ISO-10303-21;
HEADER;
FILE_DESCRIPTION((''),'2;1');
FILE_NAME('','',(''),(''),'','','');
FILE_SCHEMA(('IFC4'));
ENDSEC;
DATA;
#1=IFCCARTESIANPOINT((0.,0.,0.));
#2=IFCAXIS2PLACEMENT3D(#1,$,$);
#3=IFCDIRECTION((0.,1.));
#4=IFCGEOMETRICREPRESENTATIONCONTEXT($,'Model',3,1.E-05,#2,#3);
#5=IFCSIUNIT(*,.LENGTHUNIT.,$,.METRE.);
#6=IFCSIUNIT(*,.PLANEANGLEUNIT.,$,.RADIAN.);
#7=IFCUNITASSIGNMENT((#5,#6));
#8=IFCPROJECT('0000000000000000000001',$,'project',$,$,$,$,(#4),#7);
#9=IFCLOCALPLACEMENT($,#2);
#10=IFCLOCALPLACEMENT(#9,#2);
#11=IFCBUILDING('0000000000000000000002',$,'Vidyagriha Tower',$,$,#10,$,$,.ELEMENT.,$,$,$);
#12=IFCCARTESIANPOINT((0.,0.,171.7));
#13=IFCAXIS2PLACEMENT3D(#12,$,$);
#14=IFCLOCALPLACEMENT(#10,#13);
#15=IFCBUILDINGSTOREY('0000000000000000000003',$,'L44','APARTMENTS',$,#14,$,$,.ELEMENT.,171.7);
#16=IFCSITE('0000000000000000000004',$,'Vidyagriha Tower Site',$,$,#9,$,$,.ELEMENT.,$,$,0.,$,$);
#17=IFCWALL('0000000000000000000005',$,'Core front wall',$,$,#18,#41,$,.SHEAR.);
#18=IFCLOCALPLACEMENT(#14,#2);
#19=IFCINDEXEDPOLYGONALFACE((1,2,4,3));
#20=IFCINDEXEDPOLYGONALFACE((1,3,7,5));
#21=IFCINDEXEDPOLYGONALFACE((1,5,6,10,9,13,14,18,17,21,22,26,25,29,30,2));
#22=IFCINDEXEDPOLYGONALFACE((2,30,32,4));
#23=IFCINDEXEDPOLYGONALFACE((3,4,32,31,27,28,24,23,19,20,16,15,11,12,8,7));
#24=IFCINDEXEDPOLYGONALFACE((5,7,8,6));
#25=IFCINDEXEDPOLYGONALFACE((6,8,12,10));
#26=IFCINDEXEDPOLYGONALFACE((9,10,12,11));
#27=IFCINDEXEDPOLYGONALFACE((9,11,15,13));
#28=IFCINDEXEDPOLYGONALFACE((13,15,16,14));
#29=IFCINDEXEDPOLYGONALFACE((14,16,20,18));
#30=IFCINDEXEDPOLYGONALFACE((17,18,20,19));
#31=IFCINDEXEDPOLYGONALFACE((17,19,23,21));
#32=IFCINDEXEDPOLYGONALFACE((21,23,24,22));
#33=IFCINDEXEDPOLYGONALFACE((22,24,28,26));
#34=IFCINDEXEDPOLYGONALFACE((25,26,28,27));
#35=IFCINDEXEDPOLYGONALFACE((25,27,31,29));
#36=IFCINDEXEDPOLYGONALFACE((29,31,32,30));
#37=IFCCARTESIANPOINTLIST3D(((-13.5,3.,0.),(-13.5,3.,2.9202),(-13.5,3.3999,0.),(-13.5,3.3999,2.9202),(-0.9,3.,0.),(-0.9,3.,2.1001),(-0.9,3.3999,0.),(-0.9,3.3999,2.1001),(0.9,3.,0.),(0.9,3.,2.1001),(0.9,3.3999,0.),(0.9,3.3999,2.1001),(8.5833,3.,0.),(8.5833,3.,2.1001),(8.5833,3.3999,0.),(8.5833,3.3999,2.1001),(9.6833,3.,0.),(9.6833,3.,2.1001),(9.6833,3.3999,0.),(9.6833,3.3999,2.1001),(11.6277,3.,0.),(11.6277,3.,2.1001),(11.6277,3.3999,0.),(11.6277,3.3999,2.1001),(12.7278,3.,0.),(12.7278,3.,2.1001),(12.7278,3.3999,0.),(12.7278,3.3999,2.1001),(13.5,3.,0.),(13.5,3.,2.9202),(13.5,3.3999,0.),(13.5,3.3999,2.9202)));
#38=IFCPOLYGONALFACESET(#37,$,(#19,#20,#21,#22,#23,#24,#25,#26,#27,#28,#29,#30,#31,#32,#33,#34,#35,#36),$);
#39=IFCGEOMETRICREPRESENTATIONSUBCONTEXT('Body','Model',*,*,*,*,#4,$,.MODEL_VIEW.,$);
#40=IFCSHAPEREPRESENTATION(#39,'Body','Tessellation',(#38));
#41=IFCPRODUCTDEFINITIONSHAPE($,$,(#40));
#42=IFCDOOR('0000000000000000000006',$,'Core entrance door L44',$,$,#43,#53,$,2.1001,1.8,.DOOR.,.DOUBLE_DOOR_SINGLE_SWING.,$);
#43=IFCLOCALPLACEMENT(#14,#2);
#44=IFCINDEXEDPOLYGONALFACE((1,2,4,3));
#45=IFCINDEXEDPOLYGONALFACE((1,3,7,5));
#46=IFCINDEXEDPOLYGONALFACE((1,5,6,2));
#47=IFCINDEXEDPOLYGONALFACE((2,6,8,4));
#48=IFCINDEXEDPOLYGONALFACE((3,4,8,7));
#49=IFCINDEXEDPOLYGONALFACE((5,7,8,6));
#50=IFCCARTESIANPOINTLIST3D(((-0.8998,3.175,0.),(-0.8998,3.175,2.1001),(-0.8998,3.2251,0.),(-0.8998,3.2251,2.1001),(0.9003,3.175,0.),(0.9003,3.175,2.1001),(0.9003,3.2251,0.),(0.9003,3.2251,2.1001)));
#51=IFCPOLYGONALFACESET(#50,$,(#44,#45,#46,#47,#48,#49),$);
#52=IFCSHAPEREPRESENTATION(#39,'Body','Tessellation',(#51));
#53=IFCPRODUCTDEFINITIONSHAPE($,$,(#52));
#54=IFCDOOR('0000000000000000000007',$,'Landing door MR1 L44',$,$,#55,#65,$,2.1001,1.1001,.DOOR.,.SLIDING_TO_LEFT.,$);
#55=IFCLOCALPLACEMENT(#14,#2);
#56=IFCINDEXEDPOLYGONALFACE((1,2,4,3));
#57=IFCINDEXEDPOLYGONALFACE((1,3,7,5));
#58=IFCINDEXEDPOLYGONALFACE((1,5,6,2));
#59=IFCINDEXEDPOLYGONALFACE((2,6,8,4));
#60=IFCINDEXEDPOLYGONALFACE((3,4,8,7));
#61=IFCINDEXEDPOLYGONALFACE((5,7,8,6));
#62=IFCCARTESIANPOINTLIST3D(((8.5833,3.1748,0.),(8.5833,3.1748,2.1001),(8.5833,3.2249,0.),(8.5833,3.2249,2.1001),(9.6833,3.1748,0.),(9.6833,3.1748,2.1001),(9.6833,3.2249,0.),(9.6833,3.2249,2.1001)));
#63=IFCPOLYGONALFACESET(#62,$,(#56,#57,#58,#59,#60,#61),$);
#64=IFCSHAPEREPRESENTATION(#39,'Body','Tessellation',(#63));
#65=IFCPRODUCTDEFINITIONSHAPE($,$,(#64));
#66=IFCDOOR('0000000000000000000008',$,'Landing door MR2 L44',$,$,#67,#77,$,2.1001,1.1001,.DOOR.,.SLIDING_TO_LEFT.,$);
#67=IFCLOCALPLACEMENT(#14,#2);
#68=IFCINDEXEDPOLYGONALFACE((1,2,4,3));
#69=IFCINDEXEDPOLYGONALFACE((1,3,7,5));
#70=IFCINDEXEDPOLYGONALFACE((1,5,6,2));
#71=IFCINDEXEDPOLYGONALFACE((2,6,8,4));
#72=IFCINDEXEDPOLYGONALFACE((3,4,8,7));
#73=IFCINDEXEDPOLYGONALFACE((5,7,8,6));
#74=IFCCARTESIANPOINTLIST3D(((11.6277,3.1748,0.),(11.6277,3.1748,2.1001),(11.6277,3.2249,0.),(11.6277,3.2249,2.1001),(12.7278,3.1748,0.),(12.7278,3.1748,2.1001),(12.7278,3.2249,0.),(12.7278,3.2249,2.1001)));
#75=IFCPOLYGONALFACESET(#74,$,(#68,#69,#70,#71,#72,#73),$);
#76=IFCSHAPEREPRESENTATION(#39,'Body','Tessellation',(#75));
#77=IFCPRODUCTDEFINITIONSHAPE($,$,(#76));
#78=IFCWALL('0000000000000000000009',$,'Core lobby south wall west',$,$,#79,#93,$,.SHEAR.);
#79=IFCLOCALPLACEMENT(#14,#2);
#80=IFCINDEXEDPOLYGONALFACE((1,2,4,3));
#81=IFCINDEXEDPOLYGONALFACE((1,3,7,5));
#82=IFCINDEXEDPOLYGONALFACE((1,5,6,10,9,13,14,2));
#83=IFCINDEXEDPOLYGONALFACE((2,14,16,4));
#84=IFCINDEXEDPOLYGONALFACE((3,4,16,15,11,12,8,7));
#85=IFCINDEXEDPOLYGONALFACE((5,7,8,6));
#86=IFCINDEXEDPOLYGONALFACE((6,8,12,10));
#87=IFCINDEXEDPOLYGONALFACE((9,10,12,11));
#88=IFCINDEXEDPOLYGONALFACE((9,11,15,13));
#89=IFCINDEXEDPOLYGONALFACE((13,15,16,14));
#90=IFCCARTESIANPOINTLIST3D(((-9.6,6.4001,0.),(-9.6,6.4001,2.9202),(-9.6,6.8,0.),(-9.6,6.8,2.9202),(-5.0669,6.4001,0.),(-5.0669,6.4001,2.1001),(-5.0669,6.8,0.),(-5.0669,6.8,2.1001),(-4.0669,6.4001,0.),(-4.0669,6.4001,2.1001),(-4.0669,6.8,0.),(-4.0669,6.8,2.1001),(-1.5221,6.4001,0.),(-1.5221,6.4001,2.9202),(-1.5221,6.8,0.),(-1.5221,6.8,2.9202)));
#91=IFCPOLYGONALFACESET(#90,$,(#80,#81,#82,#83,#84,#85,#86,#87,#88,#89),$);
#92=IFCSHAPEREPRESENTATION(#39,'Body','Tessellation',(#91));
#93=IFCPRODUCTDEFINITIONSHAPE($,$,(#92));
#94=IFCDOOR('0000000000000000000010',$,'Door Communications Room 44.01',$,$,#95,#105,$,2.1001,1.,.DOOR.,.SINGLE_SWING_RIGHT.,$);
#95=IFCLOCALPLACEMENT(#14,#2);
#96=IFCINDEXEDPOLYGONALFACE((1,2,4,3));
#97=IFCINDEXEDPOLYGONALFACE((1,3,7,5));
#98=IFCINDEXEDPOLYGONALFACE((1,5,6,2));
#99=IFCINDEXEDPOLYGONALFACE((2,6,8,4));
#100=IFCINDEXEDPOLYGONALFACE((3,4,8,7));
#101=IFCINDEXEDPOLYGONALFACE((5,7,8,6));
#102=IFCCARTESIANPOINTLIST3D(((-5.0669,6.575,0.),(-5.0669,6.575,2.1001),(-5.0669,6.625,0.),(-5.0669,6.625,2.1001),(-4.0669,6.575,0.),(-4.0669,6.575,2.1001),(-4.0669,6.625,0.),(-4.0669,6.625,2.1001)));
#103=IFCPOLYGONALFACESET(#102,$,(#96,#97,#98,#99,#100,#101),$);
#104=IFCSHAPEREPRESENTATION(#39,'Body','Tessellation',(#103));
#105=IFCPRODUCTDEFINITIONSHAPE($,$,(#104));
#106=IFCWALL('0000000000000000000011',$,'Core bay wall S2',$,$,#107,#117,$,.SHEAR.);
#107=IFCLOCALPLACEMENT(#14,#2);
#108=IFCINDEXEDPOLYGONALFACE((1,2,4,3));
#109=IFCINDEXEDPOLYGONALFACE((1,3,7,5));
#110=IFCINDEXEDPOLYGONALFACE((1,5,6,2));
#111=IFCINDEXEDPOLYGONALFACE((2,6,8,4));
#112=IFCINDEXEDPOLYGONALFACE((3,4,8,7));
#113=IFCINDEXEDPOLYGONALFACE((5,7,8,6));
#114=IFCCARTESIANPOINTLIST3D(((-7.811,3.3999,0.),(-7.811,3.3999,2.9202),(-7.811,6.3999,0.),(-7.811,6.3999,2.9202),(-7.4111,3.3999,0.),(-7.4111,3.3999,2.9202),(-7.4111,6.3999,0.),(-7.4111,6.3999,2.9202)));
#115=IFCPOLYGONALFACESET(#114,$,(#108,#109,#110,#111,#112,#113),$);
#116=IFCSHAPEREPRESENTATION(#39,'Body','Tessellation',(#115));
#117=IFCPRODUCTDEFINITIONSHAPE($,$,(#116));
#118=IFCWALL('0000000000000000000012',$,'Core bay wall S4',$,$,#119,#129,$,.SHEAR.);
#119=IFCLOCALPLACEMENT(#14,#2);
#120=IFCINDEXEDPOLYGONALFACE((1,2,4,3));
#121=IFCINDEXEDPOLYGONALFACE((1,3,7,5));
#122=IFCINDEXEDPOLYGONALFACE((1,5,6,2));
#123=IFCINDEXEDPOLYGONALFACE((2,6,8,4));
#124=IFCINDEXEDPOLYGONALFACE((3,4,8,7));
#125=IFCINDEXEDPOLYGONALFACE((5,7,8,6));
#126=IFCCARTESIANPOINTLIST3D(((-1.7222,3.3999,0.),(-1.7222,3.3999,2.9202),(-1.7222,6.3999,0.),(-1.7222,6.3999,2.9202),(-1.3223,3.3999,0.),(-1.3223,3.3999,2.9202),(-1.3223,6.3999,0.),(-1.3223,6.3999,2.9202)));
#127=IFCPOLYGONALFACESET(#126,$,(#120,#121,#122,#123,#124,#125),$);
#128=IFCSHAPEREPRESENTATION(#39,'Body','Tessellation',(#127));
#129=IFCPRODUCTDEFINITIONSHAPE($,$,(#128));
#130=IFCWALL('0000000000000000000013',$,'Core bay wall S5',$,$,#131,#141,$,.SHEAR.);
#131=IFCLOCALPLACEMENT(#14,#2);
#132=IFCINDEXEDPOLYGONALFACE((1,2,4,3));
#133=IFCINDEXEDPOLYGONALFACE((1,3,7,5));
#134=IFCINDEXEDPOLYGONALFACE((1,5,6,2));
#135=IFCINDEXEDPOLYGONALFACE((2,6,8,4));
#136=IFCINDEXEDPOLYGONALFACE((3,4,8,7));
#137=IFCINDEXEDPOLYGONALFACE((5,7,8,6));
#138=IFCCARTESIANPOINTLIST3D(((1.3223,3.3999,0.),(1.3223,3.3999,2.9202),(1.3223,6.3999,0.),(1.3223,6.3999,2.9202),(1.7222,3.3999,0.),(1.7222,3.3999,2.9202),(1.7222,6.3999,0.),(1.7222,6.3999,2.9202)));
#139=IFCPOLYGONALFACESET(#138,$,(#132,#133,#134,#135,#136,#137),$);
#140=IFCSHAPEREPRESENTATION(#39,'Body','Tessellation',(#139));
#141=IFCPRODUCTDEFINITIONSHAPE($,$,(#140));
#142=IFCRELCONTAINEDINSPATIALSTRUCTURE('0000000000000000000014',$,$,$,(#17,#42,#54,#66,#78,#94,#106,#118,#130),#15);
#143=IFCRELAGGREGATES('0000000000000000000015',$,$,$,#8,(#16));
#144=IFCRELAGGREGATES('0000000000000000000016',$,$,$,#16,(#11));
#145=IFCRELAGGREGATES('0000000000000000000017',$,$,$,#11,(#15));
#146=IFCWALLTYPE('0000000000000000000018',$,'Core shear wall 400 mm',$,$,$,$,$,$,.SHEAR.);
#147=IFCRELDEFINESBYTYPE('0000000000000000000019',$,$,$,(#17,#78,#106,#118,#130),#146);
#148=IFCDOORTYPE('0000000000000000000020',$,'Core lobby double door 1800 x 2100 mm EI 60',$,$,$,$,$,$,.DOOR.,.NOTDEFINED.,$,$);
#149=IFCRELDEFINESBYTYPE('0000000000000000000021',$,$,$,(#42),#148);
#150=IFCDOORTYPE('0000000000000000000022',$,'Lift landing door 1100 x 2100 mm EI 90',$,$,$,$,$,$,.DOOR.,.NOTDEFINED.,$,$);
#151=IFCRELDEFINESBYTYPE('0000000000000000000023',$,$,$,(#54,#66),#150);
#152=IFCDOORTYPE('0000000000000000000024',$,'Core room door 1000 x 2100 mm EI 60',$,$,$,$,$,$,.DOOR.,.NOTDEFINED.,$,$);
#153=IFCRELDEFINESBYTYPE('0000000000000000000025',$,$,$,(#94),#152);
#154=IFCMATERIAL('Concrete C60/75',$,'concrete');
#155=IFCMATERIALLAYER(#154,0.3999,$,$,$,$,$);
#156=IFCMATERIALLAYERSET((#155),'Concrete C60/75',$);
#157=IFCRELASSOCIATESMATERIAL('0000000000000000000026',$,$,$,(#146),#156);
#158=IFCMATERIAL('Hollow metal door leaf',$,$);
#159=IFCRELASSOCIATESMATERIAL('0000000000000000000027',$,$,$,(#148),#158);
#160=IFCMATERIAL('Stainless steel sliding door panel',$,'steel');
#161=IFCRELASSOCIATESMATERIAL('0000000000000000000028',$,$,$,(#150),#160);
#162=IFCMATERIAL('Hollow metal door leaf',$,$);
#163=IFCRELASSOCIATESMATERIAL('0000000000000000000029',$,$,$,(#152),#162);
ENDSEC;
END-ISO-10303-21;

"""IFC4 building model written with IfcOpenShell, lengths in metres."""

from ifc_helpers import new_model, si_unit, direction, frame, frame_2d, origin, place, context, subcontext, project, spatial, rectangle, extrude, material, layer, layer_set, type_object, element, fill, save


model = new_model("IFC4")

# Units and contexts
model_context = context("Model", 3, precision=1e-05, world=origin(), true_north=direction((0.0, 1.0)))
body_context = subcontext(model_context, "Body", "Model", "MODEL_VIEW")
ifc_project = project(units=[si_unit("LENGTHUNIT", "METRE"), si_unit("PLANEANGLEUNIT", "RADIAN")], contexts=[model_context])

# Site, building, storey
site_placement = place(None, origin())
site = spatial("IfcSite", under=ifc_project, at=site_placement, Name="Vidyagriha Tower Site", CompositionType="ELEMENT", RefElevation=0.0)
building_placement = place(site_placement, origin())
building = spatial("IfcBuilding", under=site, at=building_placement, Name="Vidyagriha Tower", CompositionType="ELEMENT")
storey_placement = place(building_placement, frame((0.0, 0.0, 171.7)))
storey = spatial("IfcBuildingStorey", under=building, at=storey_placement, Name="L44", Description="APARTMENTS", CompositionType="ELEMENT", Elevation=171.7)

# Wall, openings, doors
ifc_material_1 = material(Name="Concrete C60/75", Category="concrete")
ifc_layer_1 = layer(ifc_material_1, 0.3999)
ifc_layer_set_1 = layer_set([ifc_layer_1], Name="Concrete C60/75")
wall_type = type_object("IfcWallType", Name="Core shear wall 400 mm", PredefinedType="SHEAR", material=ifc_layer_set_1)
wall_1_placement = place(storey_placement, frame((-13.5, 3.2, 0.0)))
wall_1 = element("IfcWall", 1, at=wall_1_placement, inside=storey, type_object=wall_type, Name="Core front wall", PredefinedType="SHEAR", context=body_context, shape_type="SweptSolid", body=[
    extrude(rectangle(XDim=27.0, YDim=0.3999, at=frame_2d((13.5, 0.0))), origin(), (0.0, 0.0, 1.0), 2.9202),
])
opening_1_placement = place(wall_1_placement, frame((22.0833, 0.0, 0.0)))
opening_1 = element("IfcOpeningElement", 2, at=opening_1_placement, cuts=wall_1, PredefinedType="OPENING", context=body_context, shape_type="SweptSolid", body=[
    extrude(rectangle(XDim=1.1001, YDim=2.1001, at=frame_2d((0.55, 1.05))), frame((0.0, 0.21, 0.0), z_axis=(0.0, -1.0, 0.0), x_axis=(1.0, 0.0, 0.0)), (0.0, 0.0, 1.0), 0.4199),
])
opening_2_placement = place(wall_1_placement, frame((25.1277, 0.0, 0.0)))
opening_2 = element("IfcOpeningElement", 3, at=opening_2_placement, cuts=wall_1, PredefinedType="OPENING", context=body_context, shape_type="SweptSolid", body=[
    extrude(rectangle(XDim=1.1001, YDim=2.1001, at=frame_2d((0.55, 1.05))), frame((0.0, 0.21, 0.0), z_axis=(0.0, -1.0, 0.0), x_axis=(1.0, 0.0, 0.0)), (0.0, 0.0, 1.0), 0.4199),
])
opening_3_placement = place(wall_1_placement, frame((12.6001, 0.0, 0.0)))
opening_3 = element("IfcOpeningElement", 4, at=opening_3_placement, cuts=wall_1, PredefinedType="OPENING", context=body_context, shape_type="SweptSolid", body=[
    extrude(rectangle(XDim=1.8, YDim=2.1001, at=frame_2d((0.8999, 1.05))), frame((0.0, 0.21, 0.0), z_axis=(0.0, -1.0, 0.0), x_axis=(1.0, 0.0, 0.0)), (0.0, 0.0, 1.0), 0.4199),
])
ifc_material_2 = material(Name="Hollow metal door leaf")
door_type_1 = type_object("IfcDoorType", Name="Core lobby double door 1800 x 2100 mm EI 60", OperationType="NOTDEFINED", PredefinedType="DOOR", material=ifc_material_2)
door_1_placement = place(opening_3_placement, frame((1.8, 0.0, 0.0), z_axis=(0.0, 0.0, 1.0), x_axis=(-1.0, 0.0, 0.0)))
door_1 = element("IfcDoor", 5, at=door_1_placement, inside=storey, type_object=door_type_1, Name="Core entrance door L44", OperationType="DOUBLE_DOOR_SINGLE_SWING", OverallHeight=2.1001, OverallWidth=1.8, PredefinedType="DOOR", context=body_context, shape_type="SweptSolid", body=[
    extrude(rectangle(XDim=1.8, YDim=2.1001, at=frame_2d((0.8999, 1.05))), frame((0.0, 0.0249, 0.0), z_axis=(0.0, -1.0, 0.0), x_axis=(1.0, 0.0, 0.0)), (0.0, 0.0, 1.0), 0.05),
])
fill(opening_3, door_1)
ifc_material_3 = material(Name="Stainless steel sliding door panel", Category="steel")
door_type_2 = type_object("IfcDoorType", Name="Lift landing door 1100 x 2100 mm EI 90", OperationType="NOTDEFINED", PredefinedType="DOOR", material=ifc_material_3)
door_2_placement = place(opening_1_placement, origin())
door_2 = element("IfcDoor", 6, at=door_2_placement, inside=storey, type_object=door_type_2, Name="Landing door MR1 L44", OperationType="SLIDING_TO_LEFT", OverallHeight=2.1001, OverallWidth=1.1001, PredefinedType="DOOR", context=body_context, shape_type="SweptSolid", body=[
    extrude(rectangle(XDim=1.1001, YDim=2.1001, at=frame_2d((0.55, 1.05))), frame((0.0, 0.0249, 0.0), z_axis=(0.0, -1.0, 0.0), x_axis=(1.0, 0.0, 0.0)), (0.0, 0.0, 1.0), 0.05),
])
fill(opening_1, door_2)
door_3_placement = place(opening_2_placement, origin())
door_3 = element("IfcDoor", 7, at=door_3_placement, inside=storey, type_object=door_type_2, Name="Landing door MR2 L44", OperationType="SLIDING_TO_LEFT", OverallHeight=2.1001, OverallWidth=1.1001, PredefinedType="DOOR", context=body_context, shape_type="SweptSolid", body=[
    extrude(rectangle(XDim=1.1001, YDim=2.1001, at=frame_2d((0.55, 1.05))), frame((0.0, 0.0249, 0.0), z_axis=(0.0, -1.0, 0.0), x_axis=(1.0, 0.0, 0.0)), (0.0, 0.0, 1.0), 0.05),
])
fill(opening_2, door_3)

# Wall, opening, door
wall_2_placement = place(storey_placement, frame((-9.6001, 6.6001, 0.0)))
wall_2 = element("IfcWall", 8, at=wall_2_placement, inside=storey, type_object=wall_type, Name="Core lobby south wall west", PredefinedType="SHEAR", context=body_context, shape_type="SweptSolid", body=[
    extrude(rectangle(XDim=8.0779, YDim=0.3999, at=frame_2d((4.0391, 0.0))), origin(), (0.0, 0.0, 1.0), 2.9202),
])
opening_4_placement = place(wall_2_placement, frame((4.5332, 0.0, 0.0)))
opening_4 = element("IfcOpeningElement", 9, at=opening_4_placement, cuts=wall_2, PredefinedType="OPENING", context=body_context, shape_type="SweptSolid", body=[
    extrude(rectangle(XDim=1.0, YDim=2.1001, at=frame_2d((0.5, 1.05))), frame((0.0, 0.21, 0.0), z_axis=(0.0, -1.0, 0.0), x_axis=(1.0, 0.0, 0.0)), (0.0, 0.0, 1.0), 0.4199),
])
ifc_material_4 = material(Name="Hollow metal door leaf")
door_type_3 = type_object("IfcDoorType", Name="Core room door 1000 x 2100 mm EI 60", OperationType="NOTDEFINED", PredefinedType="DOOR", material=ifc_material_4)
door_4_placement = place(opening_4_placement, origin())
door_4 = element("IfcDoor", 10, at=door_4_placement, inside=storey, type_object=door_type_3, Name="Door Communications Room 44.01", OperationType="SINGLE_SWING_RIGHT", OverallHeight=2.1001, OverallWidth=1.0, PredefinedType="DOOR", context=body_context, shape_type="SweptSolid", body=[
    extrude(rectangle(XDim=1.0, YDim=2.1001, at=frame_2d((0.5, 1.05))), frame((0.0, 0.0249, 0.0), z_axis=(0.0, -1.0, 0.0), x_axis=(1.0, 0.0, 0.0)), (0.0, 0.0, 1.0), 0.05),
])
fill(opening_4, door_4)

# Walls
for number, where, z_axis, x_axis, name in (
    (11, (-7.6111, 3.3999, 0.0), (0.0, 0.0, 1.0), (0.0, 1.0, 0.0), "Core bay wall S2"),
    (12, (-1.5222, 3.3999, 0.0), (0.0, 0.0, 1.0), (0.0, 1.0, 0.0), "Core bay wall S4"),
    (13, (1.5222, 3.3999, 0.0), (0.0, 0.0, 1.0), (0.0, 1.0, 0.0), "Core bay wall S5"),
):
    element("IfcWall", number, at=place(storey_placement, frame(where, z_axis=z_axis, x_axis=x_axis)), inside=storey, type_object=wall_type, Name=name, PredefinedType="SHEAR", context=body_context, shape_type="SweptSolid", body=[
        extrude(rectangle(XDim=3.0, YDim=0.3999, at=frame_2d((1.5, 0.0))), origin(), (0.0, 0.0, 1.0), 2.9202),
    ])

save(model, "model.ifc")
